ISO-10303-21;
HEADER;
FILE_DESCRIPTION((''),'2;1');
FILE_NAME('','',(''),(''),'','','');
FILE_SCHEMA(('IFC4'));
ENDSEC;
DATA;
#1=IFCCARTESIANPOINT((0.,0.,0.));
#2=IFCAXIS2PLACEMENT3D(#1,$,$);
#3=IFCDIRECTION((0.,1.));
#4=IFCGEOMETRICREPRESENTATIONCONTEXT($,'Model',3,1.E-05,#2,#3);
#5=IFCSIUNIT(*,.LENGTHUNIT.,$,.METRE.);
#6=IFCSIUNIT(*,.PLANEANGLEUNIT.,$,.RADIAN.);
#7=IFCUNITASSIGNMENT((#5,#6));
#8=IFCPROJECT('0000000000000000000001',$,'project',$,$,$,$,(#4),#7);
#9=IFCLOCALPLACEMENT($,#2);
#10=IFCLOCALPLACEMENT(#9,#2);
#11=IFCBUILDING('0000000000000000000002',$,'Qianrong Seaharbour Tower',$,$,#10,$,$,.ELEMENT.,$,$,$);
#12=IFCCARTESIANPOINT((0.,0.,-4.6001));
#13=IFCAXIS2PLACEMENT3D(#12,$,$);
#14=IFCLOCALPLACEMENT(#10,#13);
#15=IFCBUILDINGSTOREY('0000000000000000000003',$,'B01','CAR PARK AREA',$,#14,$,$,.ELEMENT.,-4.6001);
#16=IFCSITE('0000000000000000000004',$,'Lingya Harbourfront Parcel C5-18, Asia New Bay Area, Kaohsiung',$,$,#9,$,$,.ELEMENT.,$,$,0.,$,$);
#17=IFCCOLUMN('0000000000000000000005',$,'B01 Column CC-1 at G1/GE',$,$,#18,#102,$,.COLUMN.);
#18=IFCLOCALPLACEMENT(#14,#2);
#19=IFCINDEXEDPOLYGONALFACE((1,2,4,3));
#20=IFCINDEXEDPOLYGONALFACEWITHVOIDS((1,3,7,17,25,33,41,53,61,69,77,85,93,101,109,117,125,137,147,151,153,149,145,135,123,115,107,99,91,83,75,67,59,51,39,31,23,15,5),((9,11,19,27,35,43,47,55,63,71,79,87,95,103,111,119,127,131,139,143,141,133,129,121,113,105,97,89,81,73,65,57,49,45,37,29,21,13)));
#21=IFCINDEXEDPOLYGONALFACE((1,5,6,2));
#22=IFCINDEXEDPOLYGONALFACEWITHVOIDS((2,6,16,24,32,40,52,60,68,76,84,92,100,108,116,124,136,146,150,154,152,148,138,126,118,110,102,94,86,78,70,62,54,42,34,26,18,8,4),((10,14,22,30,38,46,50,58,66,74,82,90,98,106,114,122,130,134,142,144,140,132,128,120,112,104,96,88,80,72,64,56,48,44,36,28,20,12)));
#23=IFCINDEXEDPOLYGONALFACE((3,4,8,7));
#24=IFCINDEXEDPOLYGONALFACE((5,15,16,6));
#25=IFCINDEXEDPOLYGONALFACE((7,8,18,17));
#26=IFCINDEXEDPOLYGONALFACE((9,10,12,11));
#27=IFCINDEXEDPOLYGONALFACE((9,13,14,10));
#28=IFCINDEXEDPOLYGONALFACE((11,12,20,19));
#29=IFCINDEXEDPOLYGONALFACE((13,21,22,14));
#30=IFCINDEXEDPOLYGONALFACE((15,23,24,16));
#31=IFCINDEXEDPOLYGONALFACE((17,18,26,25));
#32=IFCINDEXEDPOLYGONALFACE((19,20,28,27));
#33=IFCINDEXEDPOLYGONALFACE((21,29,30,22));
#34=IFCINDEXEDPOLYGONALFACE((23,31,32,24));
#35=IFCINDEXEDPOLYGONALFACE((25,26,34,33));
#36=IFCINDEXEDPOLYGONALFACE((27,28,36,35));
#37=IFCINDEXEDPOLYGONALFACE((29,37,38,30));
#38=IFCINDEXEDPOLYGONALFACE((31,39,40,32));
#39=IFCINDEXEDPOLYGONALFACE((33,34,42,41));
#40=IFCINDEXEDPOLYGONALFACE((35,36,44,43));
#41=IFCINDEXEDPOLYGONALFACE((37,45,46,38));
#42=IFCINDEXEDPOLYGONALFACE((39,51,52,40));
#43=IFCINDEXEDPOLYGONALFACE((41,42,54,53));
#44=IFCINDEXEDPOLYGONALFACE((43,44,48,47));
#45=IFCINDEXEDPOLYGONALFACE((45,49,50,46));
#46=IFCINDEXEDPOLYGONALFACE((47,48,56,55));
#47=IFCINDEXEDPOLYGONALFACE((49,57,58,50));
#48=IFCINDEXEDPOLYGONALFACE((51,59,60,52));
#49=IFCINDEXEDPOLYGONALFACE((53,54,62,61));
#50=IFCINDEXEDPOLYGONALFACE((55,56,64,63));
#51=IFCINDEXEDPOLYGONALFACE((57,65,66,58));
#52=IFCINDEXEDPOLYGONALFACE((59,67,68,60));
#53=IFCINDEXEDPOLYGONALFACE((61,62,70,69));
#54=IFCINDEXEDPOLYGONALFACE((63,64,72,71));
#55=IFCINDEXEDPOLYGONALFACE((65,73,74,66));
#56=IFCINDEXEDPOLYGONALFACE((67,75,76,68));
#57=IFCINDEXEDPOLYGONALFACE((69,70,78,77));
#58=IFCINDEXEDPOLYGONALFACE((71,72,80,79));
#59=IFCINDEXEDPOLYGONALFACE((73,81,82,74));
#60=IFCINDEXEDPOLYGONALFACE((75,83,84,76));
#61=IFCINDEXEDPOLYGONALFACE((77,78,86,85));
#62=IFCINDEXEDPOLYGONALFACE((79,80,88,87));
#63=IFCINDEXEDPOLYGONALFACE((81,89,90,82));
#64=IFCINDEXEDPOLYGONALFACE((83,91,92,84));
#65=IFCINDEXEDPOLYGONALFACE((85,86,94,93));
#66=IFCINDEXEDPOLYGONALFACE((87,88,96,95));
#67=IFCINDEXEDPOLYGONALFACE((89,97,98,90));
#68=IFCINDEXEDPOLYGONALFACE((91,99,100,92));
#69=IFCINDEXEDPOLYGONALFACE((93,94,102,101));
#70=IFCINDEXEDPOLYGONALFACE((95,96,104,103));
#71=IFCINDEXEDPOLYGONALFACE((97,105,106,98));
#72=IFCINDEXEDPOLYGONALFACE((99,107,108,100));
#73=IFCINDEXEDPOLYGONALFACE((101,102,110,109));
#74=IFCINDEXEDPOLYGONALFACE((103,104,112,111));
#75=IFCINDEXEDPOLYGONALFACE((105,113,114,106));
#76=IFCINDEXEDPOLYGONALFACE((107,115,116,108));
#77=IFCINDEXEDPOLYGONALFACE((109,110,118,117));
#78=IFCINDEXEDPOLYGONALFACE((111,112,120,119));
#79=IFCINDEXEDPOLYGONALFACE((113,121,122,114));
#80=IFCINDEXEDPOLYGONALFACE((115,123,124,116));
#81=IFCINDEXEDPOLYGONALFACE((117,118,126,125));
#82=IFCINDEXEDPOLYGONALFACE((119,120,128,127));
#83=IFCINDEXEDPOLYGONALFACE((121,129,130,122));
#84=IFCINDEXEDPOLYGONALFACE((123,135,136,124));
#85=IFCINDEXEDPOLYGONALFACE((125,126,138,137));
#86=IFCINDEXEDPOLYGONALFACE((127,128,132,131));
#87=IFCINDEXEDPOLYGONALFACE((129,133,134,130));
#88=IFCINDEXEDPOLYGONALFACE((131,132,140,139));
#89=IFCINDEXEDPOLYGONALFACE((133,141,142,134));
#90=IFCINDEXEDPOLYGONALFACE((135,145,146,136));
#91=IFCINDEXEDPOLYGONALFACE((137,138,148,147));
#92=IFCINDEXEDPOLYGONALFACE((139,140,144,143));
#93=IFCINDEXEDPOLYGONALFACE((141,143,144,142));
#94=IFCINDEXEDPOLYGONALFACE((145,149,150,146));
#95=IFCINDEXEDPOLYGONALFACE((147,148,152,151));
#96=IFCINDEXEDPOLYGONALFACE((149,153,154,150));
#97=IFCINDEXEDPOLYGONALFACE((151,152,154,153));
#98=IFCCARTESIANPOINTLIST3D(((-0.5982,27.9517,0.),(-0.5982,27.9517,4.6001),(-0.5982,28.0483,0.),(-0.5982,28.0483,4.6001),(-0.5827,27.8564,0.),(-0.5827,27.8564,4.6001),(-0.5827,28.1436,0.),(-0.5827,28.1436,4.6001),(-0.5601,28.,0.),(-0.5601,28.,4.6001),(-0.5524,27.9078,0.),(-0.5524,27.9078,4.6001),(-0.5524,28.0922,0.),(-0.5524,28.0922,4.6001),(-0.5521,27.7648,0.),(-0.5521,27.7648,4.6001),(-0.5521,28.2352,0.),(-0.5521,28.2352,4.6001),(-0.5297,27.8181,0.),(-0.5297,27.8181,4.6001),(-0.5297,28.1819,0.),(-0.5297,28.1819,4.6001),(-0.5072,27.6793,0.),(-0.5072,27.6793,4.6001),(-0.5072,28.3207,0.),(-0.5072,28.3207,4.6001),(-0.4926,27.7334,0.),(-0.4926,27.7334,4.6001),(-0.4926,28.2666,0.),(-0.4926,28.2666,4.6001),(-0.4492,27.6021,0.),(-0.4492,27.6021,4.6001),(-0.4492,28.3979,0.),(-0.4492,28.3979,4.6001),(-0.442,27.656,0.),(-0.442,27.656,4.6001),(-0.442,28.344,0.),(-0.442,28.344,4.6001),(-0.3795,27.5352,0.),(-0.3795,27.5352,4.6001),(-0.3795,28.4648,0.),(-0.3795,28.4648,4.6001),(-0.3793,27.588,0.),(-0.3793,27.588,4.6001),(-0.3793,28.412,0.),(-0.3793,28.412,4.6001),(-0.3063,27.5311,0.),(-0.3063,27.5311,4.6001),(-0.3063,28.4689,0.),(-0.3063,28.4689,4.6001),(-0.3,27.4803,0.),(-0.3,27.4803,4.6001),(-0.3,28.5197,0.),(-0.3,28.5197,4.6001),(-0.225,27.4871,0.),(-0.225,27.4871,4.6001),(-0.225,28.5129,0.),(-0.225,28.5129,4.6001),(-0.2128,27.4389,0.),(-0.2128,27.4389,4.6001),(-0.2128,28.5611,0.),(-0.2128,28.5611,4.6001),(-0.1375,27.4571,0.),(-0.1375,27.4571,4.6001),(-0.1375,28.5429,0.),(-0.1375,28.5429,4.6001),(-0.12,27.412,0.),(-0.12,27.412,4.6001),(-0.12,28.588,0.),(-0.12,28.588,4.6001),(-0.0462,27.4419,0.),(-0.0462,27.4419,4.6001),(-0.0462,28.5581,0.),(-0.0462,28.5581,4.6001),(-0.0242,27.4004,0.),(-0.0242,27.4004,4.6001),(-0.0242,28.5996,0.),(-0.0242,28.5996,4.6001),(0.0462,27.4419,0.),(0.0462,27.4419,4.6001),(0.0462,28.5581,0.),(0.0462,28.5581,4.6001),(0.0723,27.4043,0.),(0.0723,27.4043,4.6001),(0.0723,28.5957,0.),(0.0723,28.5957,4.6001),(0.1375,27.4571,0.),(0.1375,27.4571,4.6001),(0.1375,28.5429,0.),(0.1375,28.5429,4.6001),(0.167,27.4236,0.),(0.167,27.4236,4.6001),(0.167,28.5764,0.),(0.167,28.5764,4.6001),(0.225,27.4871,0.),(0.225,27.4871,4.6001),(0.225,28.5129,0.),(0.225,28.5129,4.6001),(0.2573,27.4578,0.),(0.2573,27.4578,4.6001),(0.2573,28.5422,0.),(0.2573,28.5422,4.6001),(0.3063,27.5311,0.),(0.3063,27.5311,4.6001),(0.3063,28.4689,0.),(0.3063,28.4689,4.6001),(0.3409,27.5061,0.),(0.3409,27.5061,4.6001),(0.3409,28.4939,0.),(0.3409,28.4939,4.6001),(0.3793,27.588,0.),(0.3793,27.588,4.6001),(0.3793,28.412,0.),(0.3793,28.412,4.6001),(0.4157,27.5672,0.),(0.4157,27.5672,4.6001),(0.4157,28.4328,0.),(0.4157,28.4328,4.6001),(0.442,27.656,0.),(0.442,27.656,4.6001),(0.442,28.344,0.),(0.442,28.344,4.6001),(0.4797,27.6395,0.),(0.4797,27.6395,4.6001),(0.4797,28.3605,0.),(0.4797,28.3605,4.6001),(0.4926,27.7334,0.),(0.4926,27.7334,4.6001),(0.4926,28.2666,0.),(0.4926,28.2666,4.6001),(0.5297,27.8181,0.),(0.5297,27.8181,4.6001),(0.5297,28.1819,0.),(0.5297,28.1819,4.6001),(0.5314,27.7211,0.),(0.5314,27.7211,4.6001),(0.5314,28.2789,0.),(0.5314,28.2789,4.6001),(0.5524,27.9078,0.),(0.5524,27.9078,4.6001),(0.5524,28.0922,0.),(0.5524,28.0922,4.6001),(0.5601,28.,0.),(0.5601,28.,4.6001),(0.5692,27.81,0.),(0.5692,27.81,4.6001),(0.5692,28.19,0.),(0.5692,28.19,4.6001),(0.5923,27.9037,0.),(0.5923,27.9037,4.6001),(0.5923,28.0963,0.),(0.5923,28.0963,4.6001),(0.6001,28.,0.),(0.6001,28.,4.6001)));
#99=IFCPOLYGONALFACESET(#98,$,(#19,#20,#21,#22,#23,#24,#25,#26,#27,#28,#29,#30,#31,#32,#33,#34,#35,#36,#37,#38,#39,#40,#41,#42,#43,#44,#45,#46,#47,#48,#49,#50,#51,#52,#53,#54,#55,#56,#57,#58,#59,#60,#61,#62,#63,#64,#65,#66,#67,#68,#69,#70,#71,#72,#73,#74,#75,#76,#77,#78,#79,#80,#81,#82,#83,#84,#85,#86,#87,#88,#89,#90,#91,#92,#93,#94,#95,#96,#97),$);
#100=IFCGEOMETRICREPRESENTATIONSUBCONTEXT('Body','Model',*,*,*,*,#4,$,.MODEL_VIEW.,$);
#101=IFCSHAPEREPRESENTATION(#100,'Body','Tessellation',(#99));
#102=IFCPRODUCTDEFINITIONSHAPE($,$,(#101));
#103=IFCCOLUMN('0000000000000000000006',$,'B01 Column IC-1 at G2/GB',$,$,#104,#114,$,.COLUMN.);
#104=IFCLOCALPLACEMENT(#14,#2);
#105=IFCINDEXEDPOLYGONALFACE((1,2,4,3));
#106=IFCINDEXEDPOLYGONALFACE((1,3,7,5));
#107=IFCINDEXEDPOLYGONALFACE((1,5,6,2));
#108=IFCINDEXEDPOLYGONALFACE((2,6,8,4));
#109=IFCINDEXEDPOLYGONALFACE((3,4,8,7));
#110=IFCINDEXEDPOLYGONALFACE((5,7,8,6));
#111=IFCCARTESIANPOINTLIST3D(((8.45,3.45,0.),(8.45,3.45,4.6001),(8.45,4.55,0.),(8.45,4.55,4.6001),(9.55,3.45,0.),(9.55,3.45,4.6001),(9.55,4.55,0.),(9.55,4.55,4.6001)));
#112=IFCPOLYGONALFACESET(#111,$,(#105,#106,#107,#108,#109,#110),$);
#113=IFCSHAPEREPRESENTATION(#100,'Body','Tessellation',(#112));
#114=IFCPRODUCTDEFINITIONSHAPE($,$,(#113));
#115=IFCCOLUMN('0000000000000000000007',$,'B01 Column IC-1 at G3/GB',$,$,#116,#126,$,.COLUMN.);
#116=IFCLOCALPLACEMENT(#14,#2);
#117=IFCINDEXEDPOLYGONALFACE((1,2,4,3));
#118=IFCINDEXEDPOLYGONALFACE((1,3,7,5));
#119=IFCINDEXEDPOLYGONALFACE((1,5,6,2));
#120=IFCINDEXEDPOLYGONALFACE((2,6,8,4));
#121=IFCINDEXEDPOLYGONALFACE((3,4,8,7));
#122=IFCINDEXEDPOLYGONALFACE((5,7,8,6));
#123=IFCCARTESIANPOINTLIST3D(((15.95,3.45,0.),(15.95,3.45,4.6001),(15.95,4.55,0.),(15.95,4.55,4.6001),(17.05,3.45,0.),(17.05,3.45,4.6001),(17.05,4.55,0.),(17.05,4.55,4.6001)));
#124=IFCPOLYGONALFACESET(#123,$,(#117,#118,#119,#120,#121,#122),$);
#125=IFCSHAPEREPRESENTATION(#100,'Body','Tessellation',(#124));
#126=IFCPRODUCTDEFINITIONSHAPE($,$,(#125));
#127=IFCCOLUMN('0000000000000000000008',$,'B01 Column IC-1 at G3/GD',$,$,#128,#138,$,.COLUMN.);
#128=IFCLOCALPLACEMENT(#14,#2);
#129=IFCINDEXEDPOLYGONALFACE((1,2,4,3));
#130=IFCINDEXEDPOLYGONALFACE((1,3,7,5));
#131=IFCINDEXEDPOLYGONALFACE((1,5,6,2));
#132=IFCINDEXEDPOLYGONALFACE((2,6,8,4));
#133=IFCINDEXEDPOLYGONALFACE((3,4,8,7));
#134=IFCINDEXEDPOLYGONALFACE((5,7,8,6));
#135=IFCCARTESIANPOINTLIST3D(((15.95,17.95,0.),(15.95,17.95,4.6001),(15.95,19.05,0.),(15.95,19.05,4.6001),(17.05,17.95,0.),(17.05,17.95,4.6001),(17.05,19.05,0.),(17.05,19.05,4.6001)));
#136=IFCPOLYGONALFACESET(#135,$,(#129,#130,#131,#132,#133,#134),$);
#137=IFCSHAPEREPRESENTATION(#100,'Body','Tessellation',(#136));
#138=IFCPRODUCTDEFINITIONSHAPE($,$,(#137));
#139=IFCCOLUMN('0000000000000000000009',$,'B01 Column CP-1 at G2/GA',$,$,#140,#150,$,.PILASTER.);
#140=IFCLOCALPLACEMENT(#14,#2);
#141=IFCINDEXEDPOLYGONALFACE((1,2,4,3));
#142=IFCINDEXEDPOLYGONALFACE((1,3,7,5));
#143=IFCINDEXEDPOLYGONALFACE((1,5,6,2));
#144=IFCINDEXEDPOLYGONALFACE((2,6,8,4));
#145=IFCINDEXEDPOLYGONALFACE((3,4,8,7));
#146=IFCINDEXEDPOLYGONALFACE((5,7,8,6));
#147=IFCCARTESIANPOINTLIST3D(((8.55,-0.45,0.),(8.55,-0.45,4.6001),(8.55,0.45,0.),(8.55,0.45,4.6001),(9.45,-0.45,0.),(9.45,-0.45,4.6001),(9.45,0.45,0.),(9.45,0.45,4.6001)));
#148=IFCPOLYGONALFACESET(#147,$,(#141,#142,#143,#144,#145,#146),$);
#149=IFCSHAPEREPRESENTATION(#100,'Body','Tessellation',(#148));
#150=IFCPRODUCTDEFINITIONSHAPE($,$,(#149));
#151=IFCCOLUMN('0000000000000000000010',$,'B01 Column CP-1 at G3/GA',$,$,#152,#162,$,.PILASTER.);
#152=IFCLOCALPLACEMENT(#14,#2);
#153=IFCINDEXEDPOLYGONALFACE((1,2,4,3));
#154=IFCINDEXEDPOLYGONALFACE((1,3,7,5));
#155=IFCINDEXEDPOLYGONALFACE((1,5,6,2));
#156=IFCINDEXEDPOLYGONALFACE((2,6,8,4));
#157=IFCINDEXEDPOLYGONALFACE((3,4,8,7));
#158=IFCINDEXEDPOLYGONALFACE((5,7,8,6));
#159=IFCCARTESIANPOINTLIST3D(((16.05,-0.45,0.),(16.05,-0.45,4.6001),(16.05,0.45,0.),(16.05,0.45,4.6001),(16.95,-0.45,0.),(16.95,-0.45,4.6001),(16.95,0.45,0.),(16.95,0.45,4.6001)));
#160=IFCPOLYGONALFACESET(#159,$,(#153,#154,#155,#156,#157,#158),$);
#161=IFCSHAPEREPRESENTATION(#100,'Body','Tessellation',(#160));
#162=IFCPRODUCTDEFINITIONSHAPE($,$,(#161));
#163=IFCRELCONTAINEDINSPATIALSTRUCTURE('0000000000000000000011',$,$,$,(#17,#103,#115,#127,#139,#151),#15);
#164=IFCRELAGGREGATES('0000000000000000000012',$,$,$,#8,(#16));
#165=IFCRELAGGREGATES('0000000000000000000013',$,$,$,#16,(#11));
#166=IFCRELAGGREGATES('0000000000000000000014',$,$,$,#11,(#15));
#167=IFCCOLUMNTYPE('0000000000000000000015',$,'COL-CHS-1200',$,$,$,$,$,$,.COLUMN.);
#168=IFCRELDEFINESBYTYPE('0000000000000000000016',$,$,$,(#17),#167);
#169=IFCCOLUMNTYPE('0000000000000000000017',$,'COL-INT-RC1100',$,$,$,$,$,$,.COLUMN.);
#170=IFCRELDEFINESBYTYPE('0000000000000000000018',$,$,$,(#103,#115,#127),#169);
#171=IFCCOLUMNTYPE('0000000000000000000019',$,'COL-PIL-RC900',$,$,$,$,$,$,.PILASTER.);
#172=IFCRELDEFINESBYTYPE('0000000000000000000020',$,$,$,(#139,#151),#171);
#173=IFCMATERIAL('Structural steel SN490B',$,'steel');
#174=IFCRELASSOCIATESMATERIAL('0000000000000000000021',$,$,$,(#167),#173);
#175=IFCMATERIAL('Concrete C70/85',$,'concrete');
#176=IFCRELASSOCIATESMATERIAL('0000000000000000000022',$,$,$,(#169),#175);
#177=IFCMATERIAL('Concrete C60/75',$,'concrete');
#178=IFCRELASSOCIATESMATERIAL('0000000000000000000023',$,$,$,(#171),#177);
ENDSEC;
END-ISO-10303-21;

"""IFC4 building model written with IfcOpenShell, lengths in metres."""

from ifc_helpers import new_model, si_unit, direction, frame, origin, origin_2d, place, context, subcontext, project, spatial, rectangle, hollow_circle, extrude, material, material_profile, profile_set, type_object, element, save


model = new_model("IFC4")

# Units and contexts
model_context = context("Model", 3, precision=1e-05, world=origin(), true_north=direction((0.0, 1.0)))
body_context = subcontext(model_context, "Body", "Model", "MODEL_VIEW")
ifc_project = project(units=[si_unit("LENGTHUNIT", "METRE"), si_unit("PLANEANGLEUNIT", "RADIAN")], contexts=[model_context])

# Site, building, storey
site_placement = place(None, origin())
site = spatial("IfcSite", under=ifc_project, at=site_placement, Name="Lingya Harbourfront Parcel C5-18, Asia New Bay Area, Kaohsiung", CompositionType="ELEMENT", RefElevation=0.0)
building_placement = place(site_placement, origin())
building = spatial("IfcBuilding", under=site, at=building_placement, Name="Qianrong Seaharbour Tower", CompositionType="ELEMENT")
storey_placement = place(building_placement, frame((0.0, 0.0, -4.6001)))
storey = spatial("IfcBuildingStorey", under=building, at=storey_placement, Name="B01", Description="CAR PARK AREA", CompositionType="ELEMENT", Elevation=-4.6001)

# Columns
ifc_material_1 = material(Name="Structural steel SN490B", Category="steel")
ifc_material_profile_1 = material_profile(ifc_material_1, hollow_circle(Radius=0.6001, WallThickness=0.04, at=origin_2d()), Name="CHS1200x40")
ifc_profile_set_1 = profile_set([ifc_material_profile_1], Name="Structural steel SN490B")
column_type_1 = type_object("IfcColumnType", Name="COL-CHS-1200", PredefinedType="COLUMN", material=ifc_profile_set_1)
for number, where, z_axis, x_axis, name in (
    (1, (0.0, 28.0, 0.0), (0.0, 0.0, 1.0), (1.0, 0.0, 0.0), "B01 Column CC-1 at G1/GE"),
):
    element("IfcColumn", number, at=place(storey_placement, frame(where, z_axis=z_axis, x_axis=x_axis)), inside=storey, type_object=column_type_1, Name=name, PredefinedType="COLUMN", context=body_context, shape_type="SweptSolid", body=[
        extrude(hollow_circle(Radius=0.6001, WallThickness=0.04, at=origin_2d()), origin(), (0.0, 0.0, 1.0), 4.6001),
    ])
ifc_material_2 = material(Name="Concrete C70/85", Category="concrete")
ifc_material_profile_2 = material_profile(ifc_material_2, rectangle(XDim=1.1001, YDim=1.1001, at=origin_2d()), Name="RC1100x1100")
ifc_profile_set_2 = profile_set([ifc_material_profile_2], Name="Concrete C70/85")
column_type_2 = type_object("IfcColumnType", Name="COL-INT-RC1100", PredefinedType="COLUMN", material=ifc_profile_set_2)
for number, where, z_axis, x_axis, name in (
    (2, (9.0, 4.0, 0.0), (0.0, 0.0, 1.0), (1.0, 0.0, 0.0), "B01 Column IC-1 at G2/GB"),
    (3, (16.5, 4.0, 0.0), (0.0, 0.0, 1.0), (1.0, 0.0, 0.0), "B01 Column IC-1 at G3/GB"),
    (4, (16.5, 18.5, 0.0), (0.0, 0.0, 1.0), (1.0, 0.0, 0.0), "B01 Column IC-1 at G3/GD"),
):
    element("IfcColumn", number, at=place(storey_placement, frame(where, z_axis=z_axis, x_axis=x_axis)), inside=storey, type_object=column_type_2, Name=name, PredefinedType="COLUMN", context=body_context, shape_type="SweptSolid", body=[
        extrude(rectangle(XDim=1.1001, YDim=1.1001, at=origin_2d()), origin(), (0.0, 0.0, 1.0), 4.6001),
    ])
ifc_material_3 = material(Name="Concrete C60/75", Category="concrete")
ifc_material_profile_3 = material_profile(ifc_material_3, rectangle(XDim=0.8999, YDim=0.8999, at=origin_2d()), Name="RC900x900")
ifc_profile_set_3 = profile_set([ifc_material_profile_3], Name="Concrete C60/75")
column_type_3 = type_object("IfcColumnType", Name="COL-PIL-RC900", PredefinedType="PILASTER", material=ifc_profile_set_3)
for number, where, z_axis, x_axis, name in (
    (5, (9.0, 0.0, 0.0), (0.0, 0.0, 1.0), (1.0, 0.0, 0.0), "B01 Column CP-1 at G2/GA"),
    (6, (16.5, 0.0, 0.0), (0.0, 0.0, 1.0), (1.0, 0.0, 0.0), "B01 Column CP-1 at G3/GA"),
):
    element("IfcColumn", number, at=place(storey_placement, frame(where, z_axis=z_axis, x_axis=x_axis)), inside=storey, type_object=column_type_3, Name=name, PredefinedType="PILASTER", context=body_context, shape_type="SweptSolid", body=[
        extrude(rectangle(XDim=0.8999, YDim=0.8999, at=origin_2d()), origin(), (0.0, 0.0, 1.0), 4.6001),
    ])

save(model, "model.ifc")
